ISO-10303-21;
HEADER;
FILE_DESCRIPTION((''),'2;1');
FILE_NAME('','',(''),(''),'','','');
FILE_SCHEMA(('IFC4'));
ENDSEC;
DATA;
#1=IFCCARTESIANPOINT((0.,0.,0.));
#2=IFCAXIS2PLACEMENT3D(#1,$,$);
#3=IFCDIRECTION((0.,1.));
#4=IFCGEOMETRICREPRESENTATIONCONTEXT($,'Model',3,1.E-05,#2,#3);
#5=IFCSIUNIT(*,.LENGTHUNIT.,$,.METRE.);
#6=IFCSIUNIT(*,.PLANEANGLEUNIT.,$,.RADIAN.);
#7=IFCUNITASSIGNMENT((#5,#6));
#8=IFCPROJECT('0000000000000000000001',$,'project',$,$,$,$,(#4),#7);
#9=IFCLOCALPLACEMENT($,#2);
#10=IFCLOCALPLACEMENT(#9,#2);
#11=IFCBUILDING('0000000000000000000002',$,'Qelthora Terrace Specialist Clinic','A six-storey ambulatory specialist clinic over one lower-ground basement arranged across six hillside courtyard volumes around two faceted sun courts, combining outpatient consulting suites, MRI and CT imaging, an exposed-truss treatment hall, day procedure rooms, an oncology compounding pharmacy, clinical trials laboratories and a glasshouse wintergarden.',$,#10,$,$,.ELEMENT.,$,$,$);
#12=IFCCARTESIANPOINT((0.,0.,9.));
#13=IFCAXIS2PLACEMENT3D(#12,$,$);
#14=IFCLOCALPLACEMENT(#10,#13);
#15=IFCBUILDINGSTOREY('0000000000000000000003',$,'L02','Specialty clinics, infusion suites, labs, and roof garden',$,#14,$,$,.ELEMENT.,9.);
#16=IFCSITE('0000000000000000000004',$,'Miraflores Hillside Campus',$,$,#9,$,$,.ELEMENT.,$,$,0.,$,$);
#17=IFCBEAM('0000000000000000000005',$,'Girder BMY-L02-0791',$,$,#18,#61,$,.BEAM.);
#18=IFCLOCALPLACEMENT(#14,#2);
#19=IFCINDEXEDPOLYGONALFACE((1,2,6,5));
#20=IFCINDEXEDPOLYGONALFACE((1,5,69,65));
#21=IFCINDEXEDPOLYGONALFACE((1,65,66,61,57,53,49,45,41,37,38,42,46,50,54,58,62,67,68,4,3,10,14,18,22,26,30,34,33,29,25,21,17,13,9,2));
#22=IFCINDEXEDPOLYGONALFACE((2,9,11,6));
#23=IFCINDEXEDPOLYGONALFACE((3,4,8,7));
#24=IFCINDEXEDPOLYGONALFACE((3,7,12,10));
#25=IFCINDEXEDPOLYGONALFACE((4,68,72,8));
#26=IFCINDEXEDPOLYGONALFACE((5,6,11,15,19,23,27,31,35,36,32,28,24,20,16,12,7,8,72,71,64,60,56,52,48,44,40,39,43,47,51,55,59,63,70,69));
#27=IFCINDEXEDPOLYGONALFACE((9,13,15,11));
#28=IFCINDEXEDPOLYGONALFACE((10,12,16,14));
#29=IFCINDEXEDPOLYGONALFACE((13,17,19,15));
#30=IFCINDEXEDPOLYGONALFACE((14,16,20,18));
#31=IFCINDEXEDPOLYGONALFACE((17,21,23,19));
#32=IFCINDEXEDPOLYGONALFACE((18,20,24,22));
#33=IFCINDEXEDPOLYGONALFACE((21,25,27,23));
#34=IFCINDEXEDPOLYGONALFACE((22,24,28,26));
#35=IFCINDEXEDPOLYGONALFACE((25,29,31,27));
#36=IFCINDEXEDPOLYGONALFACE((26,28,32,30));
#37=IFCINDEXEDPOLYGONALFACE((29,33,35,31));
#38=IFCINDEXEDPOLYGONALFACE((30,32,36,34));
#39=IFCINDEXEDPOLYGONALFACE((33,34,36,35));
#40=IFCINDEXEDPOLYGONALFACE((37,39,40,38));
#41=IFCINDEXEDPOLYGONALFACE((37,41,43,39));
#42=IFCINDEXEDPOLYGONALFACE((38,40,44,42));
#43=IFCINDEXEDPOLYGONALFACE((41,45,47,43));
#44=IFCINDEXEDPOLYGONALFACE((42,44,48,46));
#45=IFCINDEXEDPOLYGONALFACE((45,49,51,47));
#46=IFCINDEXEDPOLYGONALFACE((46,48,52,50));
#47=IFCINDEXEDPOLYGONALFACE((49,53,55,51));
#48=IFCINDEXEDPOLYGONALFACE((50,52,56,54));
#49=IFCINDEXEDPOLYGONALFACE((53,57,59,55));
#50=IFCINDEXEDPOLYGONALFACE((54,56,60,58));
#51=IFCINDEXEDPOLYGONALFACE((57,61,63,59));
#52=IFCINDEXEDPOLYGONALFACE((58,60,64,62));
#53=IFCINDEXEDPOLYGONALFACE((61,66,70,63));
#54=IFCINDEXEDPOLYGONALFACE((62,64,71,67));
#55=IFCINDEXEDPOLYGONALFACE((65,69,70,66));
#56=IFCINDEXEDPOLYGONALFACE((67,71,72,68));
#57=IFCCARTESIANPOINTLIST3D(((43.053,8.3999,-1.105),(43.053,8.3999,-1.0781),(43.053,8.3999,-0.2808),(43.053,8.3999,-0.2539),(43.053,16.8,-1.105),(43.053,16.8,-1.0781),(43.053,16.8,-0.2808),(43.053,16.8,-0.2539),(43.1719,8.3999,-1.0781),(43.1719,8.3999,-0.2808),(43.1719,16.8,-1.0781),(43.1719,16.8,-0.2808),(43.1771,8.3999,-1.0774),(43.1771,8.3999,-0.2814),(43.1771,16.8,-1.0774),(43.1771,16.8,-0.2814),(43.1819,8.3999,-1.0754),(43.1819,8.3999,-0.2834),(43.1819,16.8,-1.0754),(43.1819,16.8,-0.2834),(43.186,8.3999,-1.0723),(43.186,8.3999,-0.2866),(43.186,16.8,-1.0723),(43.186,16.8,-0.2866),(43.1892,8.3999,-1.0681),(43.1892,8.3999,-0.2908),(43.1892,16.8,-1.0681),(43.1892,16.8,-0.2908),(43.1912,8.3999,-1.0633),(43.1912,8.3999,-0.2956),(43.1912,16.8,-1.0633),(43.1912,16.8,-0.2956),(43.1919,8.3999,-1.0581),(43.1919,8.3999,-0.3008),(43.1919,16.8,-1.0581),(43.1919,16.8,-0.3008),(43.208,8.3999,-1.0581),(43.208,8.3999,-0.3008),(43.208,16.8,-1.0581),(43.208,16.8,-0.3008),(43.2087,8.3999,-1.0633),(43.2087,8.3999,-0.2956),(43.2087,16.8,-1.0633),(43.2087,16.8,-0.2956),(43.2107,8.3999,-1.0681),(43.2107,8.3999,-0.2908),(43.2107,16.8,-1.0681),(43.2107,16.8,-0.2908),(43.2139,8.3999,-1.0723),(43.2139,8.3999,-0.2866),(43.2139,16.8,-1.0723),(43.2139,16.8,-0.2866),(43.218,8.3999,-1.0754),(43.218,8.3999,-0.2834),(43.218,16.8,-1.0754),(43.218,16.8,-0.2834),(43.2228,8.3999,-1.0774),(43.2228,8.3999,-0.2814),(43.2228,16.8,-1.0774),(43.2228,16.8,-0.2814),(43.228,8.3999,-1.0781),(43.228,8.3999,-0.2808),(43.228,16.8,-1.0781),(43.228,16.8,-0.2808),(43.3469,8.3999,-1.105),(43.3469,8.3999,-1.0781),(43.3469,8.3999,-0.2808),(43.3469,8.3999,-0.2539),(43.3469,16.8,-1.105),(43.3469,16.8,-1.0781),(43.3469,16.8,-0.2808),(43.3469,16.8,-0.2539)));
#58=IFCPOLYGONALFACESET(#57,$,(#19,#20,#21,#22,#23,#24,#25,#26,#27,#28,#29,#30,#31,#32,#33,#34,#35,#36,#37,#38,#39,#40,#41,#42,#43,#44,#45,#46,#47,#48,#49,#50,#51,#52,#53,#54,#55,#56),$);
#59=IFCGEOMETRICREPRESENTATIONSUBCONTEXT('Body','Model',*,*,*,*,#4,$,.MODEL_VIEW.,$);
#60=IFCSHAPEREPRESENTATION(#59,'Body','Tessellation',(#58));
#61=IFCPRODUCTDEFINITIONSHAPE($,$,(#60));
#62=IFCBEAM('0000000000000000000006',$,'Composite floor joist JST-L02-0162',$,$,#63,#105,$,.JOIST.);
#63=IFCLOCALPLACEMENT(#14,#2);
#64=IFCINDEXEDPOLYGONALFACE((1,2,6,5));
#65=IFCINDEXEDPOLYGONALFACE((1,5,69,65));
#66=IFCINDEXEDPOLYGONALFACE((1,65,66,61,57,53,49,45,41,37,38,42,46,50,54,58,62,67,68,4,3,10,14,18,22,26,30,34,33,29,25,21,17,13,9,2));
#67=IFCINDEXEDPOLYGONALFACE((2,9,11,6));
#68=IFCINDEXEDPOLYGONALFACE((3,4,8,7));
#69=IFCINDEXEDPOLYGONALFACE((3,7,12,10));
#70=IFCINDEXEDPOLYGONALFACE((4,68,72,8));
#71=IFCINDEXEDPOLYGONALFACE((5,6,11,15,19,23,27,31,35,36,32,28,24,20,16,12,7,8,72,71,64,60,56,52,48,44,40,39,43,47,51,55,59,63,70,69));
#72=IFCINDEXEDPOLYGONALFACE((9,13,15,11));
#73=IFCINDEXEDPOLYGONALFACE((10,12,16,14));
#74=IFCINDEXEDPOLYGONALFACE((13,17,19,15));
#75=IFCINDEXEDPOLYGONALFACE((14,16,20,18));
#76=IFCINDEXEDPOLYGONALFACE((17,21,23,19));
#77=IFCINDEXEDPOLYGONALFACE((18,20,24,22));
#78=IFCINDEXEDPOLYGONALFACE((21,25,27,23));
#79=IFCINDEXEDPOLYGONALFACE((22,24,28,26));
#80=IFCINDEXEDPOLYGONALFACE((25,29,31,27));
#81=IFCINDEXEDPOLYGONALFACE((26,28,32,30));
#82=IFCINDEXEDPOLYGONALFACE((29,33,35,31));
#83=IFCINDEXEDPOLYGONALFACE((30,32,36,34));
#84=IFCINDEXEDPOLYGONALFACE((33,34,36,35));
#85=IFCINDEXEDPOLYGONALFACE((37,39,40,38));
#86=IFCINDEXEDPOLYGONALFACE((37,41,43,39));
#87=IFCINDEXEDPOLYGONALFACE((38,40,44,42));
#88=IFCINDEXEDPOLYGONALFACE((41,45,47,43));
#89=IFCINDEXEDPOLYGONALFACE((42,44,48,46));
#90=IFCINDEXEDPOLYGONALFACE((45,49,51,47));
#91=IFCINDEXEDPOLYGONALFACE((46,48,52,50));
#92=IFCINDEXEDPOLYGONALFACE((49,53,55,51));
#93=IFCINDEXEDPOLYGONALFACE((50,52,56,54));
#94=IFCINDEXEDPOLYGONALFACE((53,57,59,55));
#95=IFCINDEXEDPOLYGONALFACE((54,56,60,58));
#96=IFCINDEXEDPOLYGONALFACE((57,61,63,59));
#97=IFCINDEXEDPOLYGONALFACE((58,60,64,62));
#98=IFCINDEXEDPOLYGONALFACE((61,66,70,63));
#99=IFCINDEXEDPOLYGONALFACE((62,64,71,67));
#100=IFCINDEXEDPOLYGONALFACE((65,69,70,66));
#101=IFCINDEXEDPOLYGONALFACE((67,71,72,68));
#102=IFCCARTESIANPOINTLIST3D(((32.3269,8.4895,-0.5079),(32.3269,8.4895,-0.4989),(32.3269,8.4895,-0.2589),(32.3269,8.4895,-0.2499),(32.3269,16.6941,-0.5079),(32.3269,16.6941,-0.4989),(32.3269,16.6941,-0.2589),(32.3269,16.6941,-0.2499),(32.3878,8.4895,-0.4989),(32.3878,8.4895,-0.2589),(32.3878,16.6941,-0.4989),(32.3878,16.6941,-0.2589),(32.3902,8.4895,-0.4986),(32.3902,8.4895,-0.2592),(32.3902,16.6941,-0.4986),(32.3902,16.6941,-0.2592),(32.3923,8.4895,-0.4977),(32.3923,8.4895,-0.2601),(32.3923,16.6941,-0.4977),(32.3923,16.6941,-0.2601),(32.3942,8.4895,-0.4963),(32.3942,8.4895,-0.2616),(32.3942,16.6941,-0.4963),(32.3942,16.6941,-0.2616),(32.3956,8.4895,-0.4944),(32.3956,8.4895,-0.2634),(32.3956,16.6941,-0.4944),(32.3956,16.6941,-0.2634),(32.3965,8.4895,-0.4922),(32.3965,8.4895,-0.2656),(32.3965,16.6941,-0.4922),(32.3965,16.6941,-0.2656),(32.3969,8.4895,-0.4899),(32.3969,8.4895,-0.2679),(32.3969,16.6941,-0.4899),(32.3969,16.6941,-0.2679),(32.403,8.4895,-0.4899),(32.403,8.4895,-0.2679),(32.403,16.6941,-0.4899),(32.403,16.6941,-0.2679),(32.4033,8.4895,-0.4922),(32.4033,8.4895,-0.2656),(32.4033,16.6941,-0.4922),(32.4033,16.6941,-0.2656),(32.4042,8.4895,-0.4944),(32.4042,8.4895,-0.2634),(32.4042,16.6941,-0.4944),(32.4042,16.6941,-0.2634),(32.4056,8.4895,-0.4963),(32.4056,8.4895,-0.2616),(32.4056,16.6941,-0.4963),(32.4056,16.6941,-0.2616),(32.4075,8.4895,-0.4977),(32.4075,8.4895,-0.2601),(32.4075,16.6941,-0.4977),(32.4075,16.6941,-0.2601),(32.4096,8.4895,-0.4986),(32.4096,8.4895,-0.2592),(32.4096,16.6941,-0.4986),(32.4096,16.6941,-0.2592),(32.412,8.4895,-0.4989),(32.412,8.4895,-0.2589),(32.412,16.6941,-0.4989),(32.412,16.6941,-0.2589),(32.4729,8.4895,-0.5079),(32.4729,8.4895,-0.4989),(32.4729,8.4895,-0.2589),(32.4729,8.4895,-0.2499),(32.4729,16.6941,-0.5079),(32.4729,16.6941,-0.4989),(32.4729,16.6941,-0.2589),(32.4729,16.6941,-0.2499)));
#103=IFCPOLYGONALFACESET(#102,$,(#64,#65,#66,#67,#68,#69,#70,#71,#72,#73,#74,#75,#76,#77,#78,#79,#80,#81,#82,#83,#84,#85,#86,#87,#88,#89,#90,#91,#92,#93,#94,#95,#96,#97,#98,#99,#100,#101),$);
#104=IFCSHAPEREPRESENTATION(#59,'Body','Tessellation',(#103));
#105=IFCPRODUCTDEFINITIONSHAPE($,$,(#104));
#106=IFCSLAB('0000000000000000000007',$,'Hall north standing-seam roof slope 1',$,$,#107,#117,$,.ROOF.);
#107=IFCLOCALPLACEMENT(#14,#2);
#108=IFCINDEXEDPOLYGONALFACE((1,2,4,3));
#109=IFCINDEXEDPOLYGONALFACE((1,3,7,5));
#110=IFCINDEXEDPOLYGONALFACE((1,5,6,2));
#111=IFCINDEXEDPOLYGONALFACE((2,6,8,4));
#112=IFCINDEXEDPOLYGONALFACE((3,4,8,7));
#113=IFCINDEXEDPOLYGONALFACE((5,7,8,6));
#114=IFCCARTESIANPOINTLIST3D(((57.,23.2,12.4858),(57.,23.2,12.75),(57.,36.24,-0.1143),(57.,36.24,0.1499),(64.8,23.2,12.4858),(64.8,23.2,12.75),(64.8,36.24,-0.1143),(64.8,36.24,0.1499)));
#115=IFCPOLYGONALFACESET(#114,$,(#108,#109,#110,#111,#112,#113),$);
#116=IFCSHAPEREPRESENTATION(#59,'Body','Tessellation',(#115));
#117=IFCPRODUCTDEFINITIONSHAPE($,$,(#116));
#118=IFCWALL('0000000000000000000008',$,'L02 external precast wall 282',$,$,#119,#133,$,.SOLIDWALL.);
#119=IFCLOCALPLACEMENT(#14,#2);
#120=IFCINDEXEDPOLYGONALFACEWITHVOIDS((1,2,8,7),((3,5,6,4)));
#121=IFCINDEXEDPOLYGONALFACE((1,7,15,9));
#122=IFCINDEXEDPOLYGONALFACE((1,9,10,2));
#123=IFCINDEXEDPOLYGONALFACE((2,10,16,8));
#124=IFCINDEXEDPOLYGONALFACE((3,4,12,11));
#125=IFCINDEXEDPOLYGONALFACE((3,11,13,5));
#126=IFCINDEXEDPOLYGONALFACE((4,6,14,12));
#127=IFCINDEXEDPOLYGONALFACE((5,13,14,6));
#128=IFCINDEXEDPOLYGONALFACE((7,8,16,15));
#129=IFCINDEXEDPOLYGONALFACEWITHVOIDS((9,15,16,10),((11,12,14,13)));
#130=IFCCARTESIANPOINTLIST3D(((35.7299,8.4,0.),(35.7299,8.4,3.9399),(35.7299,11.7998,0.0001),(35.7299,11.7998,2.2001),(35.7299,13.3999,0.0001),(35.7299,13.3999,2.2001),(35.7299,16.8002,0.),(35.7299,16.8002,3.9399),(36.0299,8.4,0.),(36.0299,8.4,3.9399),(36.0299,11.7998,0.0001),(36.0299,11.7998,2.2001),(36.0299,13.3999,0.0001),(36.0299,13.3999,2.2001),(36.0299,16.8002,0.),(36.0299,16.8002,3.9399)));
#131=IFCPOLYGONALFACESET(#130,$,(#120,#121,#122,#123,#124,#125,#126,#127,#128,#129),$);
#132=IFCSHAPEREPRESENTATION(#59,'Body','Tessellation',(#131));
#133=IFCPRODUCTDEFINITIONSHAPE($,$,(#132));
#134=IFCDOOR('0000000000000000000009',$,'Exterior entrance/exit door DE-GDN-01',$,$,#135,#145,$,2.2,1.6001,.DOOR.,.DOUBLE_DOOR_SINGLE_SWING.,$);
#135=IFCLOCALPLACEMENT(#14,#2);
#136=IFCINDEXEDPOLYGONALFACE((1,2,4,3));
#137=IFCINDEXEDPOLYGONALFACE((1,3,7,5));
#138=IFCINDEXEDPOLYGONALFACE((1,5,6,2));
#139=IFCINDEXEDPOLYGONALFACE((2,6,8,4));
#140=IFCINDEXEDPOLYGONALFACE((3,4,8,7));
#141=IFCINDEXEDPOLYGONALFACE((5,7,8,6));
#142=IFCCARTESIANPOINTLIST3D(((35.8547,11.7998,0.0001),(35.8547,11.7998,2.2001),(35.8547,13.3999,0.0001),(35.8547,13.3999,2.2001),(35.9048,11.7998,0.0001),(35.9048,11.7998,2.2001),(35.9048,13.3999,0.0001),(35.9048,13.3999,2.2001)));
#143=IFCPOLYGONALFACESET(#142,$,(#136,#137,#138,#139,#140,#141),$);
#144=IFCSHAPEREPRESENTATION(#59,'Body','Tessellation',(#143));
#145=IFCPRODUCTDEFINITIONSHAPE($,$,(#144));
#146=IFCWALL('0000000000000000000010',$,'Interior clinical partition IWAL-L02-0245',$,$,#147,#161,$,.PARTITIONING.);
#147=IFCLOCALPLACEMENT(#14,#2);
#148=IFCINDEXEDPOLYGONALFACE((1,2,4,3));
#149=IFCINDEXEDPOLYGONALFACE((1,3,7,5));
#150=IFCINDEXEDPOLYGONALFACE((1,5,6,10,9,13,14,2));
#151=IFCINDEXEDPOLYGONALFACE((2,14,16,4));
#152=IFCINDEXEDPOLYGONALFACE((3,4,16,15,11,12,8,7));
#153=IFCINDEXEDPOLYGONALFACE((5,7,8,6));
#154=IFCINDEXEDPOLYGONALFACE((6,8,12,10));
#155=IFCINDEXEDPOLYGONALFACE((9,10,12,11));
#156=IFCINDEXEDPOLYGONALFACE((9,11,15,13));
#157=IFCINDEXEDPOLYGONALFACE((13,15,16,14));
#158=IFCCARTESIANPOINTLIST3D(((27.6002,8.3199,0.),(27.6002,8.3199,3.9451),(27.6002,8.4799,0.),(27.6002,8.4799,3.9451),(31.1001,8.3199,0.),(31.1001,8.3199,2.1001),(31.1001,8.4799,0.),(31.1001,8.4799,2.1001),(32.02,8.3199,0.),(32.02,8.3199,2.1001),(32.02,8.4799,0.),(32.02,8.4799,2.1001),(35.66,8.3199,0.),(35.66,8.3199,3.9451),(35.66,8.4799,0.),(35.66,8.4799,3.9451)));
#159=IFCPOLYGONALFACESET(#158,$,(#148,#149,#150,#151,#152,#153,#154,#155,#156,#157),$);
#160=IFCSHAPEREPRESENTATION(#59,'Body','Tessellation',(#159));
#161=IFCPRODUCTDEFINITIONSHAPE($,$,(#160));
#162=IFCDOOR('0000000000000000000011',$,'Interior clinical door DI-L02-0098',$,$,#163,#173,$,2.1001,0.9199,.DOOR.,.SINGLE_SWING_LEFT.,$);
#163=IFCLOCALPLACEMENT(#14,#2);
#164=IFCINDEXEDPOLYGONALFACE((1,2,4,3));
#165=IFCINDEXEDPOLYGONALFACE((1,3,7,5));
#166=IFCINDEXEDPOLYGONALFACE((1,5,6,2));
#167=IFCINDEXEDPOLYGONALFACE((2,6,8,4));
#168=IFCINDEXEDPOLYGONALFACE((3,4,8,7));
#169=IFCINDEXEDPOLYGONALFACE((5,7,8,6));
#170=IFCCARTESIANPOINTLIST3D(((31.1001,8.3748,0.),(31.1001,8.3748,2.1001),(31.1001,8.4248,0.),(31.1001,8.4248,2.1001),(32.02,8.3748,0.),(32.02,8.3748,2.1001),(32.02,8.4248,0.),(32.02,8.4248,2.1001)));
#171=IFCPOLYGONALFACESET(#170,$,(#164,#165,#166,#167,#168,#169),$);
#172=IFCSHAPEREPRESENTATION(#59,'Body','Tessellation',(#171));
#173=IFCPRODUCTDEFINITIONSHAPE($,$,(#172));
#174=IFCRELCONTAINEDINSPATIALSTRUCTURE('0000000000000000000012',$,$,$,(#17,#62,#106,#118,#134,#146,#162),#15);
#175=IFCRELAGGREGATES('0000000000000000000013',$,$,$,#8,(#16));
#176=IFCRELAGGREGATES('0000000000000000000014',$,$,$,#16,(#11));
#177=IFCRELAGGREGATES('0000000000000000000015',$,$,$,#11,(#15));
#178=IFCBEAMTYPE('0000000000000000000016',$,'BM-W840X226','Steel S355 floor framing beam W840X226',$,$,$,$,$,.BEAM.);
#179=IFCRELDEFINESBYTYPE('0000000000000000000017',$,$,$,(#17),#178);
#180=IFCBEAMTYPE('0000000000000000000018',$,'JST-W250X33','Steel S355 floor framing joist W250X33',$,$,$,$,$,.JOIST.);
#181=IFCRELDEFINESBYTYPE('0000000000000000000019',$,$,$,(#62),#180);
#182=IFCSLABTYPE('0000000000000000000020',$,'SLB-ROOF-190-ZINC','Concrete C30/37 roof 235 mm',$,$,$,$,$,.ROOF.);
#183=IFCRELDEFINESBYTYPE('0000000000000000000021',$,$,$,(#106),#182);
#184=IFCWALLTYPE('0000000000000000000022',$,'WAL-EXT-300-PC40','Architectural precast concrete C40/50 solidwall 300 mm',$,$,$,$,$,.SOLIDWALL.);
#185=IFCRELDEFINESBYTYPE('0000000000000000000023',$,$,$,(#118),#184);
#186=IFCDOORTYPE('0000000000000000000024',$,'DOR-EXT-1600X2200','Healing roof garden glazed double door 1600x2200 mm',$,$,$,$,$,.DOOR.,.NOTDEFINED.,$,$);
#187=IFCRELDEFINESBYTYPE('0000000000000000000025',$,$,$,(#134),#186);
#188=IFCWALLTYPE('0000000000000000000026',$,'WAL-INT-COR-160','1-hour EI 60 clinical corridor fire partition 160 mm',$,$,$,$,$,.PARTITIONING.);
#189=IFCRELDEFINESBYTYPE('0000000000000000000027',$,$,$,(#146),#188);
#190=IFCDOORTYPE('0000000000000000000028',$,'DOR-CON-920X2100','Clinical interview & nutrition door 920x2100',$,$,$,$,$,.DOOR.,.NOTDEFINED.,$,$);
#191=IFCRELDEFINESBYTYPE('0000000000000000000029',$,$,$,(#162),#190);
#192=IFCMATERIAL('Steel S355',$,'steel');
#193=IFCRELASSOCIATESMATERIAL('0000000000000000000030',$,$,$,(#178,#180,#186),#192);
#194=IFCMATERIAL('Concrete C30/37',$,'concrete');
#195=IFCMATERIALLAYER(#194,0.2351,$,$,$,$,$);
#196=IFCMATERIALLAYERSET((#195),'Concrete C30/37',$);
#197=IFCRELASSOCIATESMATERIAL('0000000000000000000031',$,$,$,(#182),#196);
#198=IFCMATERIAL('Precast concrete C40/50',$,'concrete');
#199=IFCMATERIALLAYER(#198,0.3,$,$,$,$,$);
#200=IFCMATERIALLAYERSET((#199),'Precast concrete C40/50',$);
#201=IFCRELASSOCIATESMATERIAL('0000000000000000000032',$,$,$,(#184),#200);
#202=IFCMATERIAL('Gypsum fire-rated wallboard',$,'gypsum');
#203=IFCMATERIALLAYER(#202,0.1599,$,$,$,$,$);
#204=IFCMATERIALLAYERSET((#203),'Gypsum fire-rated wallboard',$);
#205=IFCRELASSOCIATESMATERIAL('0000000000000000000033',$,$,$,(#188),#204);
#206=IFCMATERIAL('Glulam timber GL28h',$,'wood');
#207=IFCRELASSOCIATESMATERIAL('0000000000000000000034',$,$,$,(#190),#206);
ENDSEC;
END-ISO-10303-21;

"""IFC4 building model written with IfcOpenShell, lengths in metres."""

from ifc_helpers import new_model, si_unit, direction, frame, frame_2d, origin, origin_2d, place, context, subcontext, project, spatial, polyline, rectangle, i_section, outline, extrude, material, layer, layer_set, material_profile, profile_set, type_object, element, fill, save


model = new_model("IFC4")

# Units and contexts
model_context = context("Model", 3, precision=1e-05, world=origin(), true_north=direction((0.0, 1.0)))
body_context = subcontext(model_context, "Body", "Model", "MODEL_VIEW")
ifc_project = project(units=[si_unit("LENGTHUNIT", "METRE"), si_unit("PLANEANGLEUNIT", "RADIAN")], contexts=[model_context])

# Site, building, storey
site_placement = place(None, origin())
site = spatial("IfcSite", under=ifc_project, at=site_placement, Name="Miraflores Hillside Campus", CompositionType="ELEMENT", RefElevation=0.0)
building_placement = place(site_placement, origin())
building = spatial("IfcBuilding", under=site, at=building_placement, Name="Qelthora Terrace Specialist Clinic", Description="A six-storey ambulatory specialist clinic over one lower-ground basement arranged across six hillside courtyard volumes around two faceted sun courts, combining outpatient consulting suites, MRI and CT imaging, an exposed-truss treatment hall, day procedure rooms, an oncology compounding pharmacy, clinical trials laboratories and a glasshouse wintergarden.", CompositionType="ELEMENT")
storey_placement = place(building_placement, frame((0.0, 0.0, 9.0)))
storey = spatial("IfcBuildingStorey", under=building, at=storey_placement, Name="L02", Description="Specialty clinics, infusion suites, labs, and roof garden", CompositionType="ELEMENT", Elevation=9.0)

# Beams
ifc_material_1 = material(Name="Steel S355", Category="steel")
ifc_material_profile_1 = material_profile(ifc_material_1, i_section(OverallWidth=0.2939, OverallDepth=0.8511, WebThickness=0.0161, FlangeThickness=0.0269, FilletRadius=0.02, at=origin_2d()), Name="W840X226")
ifc_profile_set_1 = profile_set([ifc_material_profile_1], Name="Steel S355")
beam_type_1 = type_object("IfcBeamType", Name="BM-W840X226", Description="Steel S355 floor framing beam W840X226", PredefinedType="BEAM", material=ifc_profile_set_1)
for number, where, z_axis, x_axis, name in (
    (1, (43.2, 8.3999, -0.6794), (0.0, 1.0, 0.0), (-1.0, 0.0, 0.0), "Girder BMY-L02-0791"),
):
    element("IfcBeam", number, at=place(storey_placement, frame(where, z_axis=z_axis, x_axis=x_axis)), inside=storey, type_object=beam_type_1, Name=name, PredefinedType="BEAM", context=body_context, shape_type="SweptSolid", body=[
        extrude(i_section(OverallWidth=0.2939, OverallDepth=0.8511, WebThickness=0.0161, FlangeThickness=0.0269, FilletRadius=0.02, at=origin_2d()), origin(), (0.0, 0.0, 1.0), 8.4001),
    ])
ifc_material_profile_2 = material_profile(ifc_material_1, i_section(OverallWidth=0.146, OverallDepth=0.2581, WebThickness=0.0061, FlangeThickness=0.009, FilletRadius=0.009, at=origin_2d()), Name="W250X33")
ifc_profile_set_2 = profile_set([ifc_material_profile_2], Name="Steel S355")
beam_type_2 = type_object("IfcBeamType", Name="JST-W250X33", Description="Steel S355 floor framing joist W250X33", PredefinedType="JOIST", material=ifc_profile_set_2)
beam_1_placement = place(storey_placement, frame((32.3999, 8.4895, -0.3789), z_axis=(0.0, 1.0, 0.0), x_axis=(-1.0, 0.0, 0.0)))
element("IfcBeam", 2, at=beam_1_placement, inside=storey, type_object=beam_type_2, Name="Composite floor joist JST-L02-0162", PredefinedType="JOIST", context=body_context, shape_type="SweptSolid", body=[
    extrude(i_section(OverallWidth=0.146, OverallDepth=0.2581, WebThickness=0.0061, FlangeThickness=0.009, FilletRadius=0.009, at=origin_2d()), origin(), (0.0, 0.0, 1.0), 8.2046),
])

# Slab
ifc_material_2 = material(Name="Concrete C30/37", Category="concrete")
ifc_layer_1 = layer(ifc_material_2, 0.2351)
ifc_layer_set_1 = layer_set([ifc_layer_1], Name="Concrete C30/37")
slab_type = type_object("IfcSlabType", Name="SLB-ROOF-190-ZINC", Description="Concrete C30/37 roof 235 mm", PredefinedType="ROOF", material=ifc_layer_set_1)
slab_placement = place(storey_placement, frame((57.0, 23.2, 12.4858), z_axis=(0.0, 0.694872, 0.719134), x_axis=(1.0, 0.0, 0.0)))
element("IfcSlab", 3, at=slab_placement, inside=storey, type_object=slab_type, Name="Hall north standing-seam roof slope 1", PredefinedType="ROOF", context=body_context, shape_type="SweptSolid", body=[
    extrude(outline(polyline([(0.0, 0.0), (7.8, 0.0), (7.8, 18.133), (0.0, 18.133), (0.0, 0.0)])), origin(), (0.0, -0.694872, 0.719134), 0.2642),
])

# Walls, openings, doors
ifc_material_3 = material(Name="Precast concrete C40/50", Category="concrete")
ifc_layer_2 = layer(ifc_material_3, 0.3)
ifc_layer_set_2 = layer_set([ifc_layer_2], Name="Precast concrete C40/50")
wall_type_1 = type_object("IfcWallType", Name="WAL-EXT-300-PC40", Description="Architectural precast concrete C40/50 solidwall 300 mm", PredefinedType="SOLIDWALL", material=ifc_layer_set_2)
wall_1_placement = place(storey_placement, frame((35.8799, 8.3999, 0.0), z_axis=(0.0, 0.0, 1.0), x_axis=(0.0, 1.0, 0.0)))
wall_1 = element("IfcWall", 4, at=wall_1_placement, inside=storey, type_object=wall_type_1, Name="L02 external precast wall 282", PredefinedType="SOLIDWALL", context=body_context, shape_type="SweptSolid", body=[
    extrude(rectangle(XDim=8.4001, YDim=0.3, at=frame_2d((4.2002, 0.0))), origin(), (0.0, 0.0, 1.0), 3.9399),
])
opening_1_placement = place(wall_1_placement, frame((3.3999, 0.0, 0.0)))
opening_1 = element("IfcOpeningElement", 5, at=opening_1_placement, cuts=wall_1, PredefinedType="OPENING", context=body_context, shape_type="SweptSolid", body=[
    extrude(rectangle(XDim=1.6001, YDim=2.2, at=frame_2d((0.8, 1.1001))), frame((0.0, 0.1599, 0.0), z_axis=(0.0, -1.0, 0.0), x_axis=(1.0, 0.0, 0.0)), (0.0, 0.0, 1.0), 0.3201),
])
door_type_1 = type_object("IfcDoorType", Name="DOR-EXT-1600X2200", Description="Healing roof garden glazed double door 1600x2200 mm", OperationType="NOTDEFINED", PredefinedType="DOOR", material=ifc_material_1)
door_1_placement = place(opening_1_placement, frame((1.6001, 0.0, 0.0), z_axis=(0.0, 0.0, 1.0), x_axis=(-1.0, 0.0, 0.0)))
door_1 = element("IfcDoor", 6, at=door_1_placement, inside=storey, type_object=door_type_1, Name="Exterior entrance/exit door DE-GDN-01", OperationType="DOUBLE_DOOR_SINGLE_SWING", OverallHeight=2.2, OverallWidth=1.6001, PredefinedType="DOOR", context=body_context, shape_type="SweptSolid", body=[
    extrude(rectangle(XDim=1.6001, YDim=2.2, at=frame_2d((0.8, 1.1001))), frame((0.0, 0.0249, 0.0), z_axis=(0.0, -1.0, 0.0), x_axis=(1.0, 0.0, 0.0)), (0.0, 0.0, 1.0), 0.05),
])
fill(opening_1, door_1)
ifc_material_4 = material(Name="Gypsum fire-rated wallboard", Category="gypsum")
ifc_layer_3 = layer(ifc_material_4, 0.1599)
ifc_layer_set_3 = layer_set([ifc_layer_3], Name="Gypsum fire-rated wallboard")
wall_type_2 = type_object("IfcWallType", Name="WAL-INT-COR-160", Description="1-hour EI 60 clinical corridor fire partition 160 mm", PredefinedType="PARTITIONING", material=ifc_layer_set_3)
wall_2_placement = place(storey_placement, frame((35.6599, 8.3999, 0.0), z_axis=(0.0, 0.0, 1.0), x_axis=(-1.0, 0.0, 0.0)))
wall_2 = element("IfcWall", 7, at=wall_2_placement, inside=storey, type_object=wall_type_2, Name="Interior clinical partition IWAL-L02-0245", PredefinedType="PARTITIONING", context=body_context, shape_type="SweptSolid", body=[
    extrude(rectangle(XDim=8.0598, YDim=0.1599, at=frame_2d((4.0298, 0.0))), origin(), (0.0, 0.0, 1.0), 3.9451),
])
opening_2_placement = place(wall_2_placement, frame((3.6399, 0.0, 0.0)))
opening_2 = element("IfcOpeningElement", 8, at=opening_2_placement, cuts=wall_2, PredefinedType="OPENING", context=body_context, shape_type="SweptSolid", body=[
    extrude(rectangle(XDim=0.9199, YDim=2.1001, at=frame_2d((0.46, 1.05))), frame((0.0, 0.0898, 0.0), z_axis=(0.0, -1.0, 0.0), x_axis=(1.0, 0.0, 0.0)), (0.0, 0.0, 1.0), 0.1799),
])
ifc_material_5 = material(Name="Glulam timber GL28h", Category="wood")
door_type_2 = type_object("IfcDoorType", Name="DOR-CON-920X2100", Description="Clinical interview & nutrition door 920x2100", OperationType="NOTDEFINED", PredefinedType="DOOR", material=ifc_material_5)
door_2_placement = place(opening_2_placement, frame((0.9199, 0.0, 0.0), z_axis=(0.0, 0.0, 1.0), x_axis=(-1.0, 0.0, 0.0)))
door_2 = element("IfcDoor", 9, at=door_2_placement, inside=storey, type_object=door_type_2, Name="Interior clinical door DI-L02-0098", OperationType="SINGLE_SWING_LEFT", OverallHeight=2.1001, OverallWidth=0.9199, PredefinedType="DOOR", context=body_context, shape_type="SweptSolid", body=[
    extrude(rectangle(XDim=0.9199, YDim=2.1001, at=frame_2d((0.46, 1.05))), frame((0.0, 0.0249, 0.0), z_axis=(0.0, -1.0, 0.0), x_axis=(1.0, 0.0, 0.0)), (0.0, 0.0, 1.0), 0.05),
])
fill(opening_2, door_2)

save(model, "model.ifc")
